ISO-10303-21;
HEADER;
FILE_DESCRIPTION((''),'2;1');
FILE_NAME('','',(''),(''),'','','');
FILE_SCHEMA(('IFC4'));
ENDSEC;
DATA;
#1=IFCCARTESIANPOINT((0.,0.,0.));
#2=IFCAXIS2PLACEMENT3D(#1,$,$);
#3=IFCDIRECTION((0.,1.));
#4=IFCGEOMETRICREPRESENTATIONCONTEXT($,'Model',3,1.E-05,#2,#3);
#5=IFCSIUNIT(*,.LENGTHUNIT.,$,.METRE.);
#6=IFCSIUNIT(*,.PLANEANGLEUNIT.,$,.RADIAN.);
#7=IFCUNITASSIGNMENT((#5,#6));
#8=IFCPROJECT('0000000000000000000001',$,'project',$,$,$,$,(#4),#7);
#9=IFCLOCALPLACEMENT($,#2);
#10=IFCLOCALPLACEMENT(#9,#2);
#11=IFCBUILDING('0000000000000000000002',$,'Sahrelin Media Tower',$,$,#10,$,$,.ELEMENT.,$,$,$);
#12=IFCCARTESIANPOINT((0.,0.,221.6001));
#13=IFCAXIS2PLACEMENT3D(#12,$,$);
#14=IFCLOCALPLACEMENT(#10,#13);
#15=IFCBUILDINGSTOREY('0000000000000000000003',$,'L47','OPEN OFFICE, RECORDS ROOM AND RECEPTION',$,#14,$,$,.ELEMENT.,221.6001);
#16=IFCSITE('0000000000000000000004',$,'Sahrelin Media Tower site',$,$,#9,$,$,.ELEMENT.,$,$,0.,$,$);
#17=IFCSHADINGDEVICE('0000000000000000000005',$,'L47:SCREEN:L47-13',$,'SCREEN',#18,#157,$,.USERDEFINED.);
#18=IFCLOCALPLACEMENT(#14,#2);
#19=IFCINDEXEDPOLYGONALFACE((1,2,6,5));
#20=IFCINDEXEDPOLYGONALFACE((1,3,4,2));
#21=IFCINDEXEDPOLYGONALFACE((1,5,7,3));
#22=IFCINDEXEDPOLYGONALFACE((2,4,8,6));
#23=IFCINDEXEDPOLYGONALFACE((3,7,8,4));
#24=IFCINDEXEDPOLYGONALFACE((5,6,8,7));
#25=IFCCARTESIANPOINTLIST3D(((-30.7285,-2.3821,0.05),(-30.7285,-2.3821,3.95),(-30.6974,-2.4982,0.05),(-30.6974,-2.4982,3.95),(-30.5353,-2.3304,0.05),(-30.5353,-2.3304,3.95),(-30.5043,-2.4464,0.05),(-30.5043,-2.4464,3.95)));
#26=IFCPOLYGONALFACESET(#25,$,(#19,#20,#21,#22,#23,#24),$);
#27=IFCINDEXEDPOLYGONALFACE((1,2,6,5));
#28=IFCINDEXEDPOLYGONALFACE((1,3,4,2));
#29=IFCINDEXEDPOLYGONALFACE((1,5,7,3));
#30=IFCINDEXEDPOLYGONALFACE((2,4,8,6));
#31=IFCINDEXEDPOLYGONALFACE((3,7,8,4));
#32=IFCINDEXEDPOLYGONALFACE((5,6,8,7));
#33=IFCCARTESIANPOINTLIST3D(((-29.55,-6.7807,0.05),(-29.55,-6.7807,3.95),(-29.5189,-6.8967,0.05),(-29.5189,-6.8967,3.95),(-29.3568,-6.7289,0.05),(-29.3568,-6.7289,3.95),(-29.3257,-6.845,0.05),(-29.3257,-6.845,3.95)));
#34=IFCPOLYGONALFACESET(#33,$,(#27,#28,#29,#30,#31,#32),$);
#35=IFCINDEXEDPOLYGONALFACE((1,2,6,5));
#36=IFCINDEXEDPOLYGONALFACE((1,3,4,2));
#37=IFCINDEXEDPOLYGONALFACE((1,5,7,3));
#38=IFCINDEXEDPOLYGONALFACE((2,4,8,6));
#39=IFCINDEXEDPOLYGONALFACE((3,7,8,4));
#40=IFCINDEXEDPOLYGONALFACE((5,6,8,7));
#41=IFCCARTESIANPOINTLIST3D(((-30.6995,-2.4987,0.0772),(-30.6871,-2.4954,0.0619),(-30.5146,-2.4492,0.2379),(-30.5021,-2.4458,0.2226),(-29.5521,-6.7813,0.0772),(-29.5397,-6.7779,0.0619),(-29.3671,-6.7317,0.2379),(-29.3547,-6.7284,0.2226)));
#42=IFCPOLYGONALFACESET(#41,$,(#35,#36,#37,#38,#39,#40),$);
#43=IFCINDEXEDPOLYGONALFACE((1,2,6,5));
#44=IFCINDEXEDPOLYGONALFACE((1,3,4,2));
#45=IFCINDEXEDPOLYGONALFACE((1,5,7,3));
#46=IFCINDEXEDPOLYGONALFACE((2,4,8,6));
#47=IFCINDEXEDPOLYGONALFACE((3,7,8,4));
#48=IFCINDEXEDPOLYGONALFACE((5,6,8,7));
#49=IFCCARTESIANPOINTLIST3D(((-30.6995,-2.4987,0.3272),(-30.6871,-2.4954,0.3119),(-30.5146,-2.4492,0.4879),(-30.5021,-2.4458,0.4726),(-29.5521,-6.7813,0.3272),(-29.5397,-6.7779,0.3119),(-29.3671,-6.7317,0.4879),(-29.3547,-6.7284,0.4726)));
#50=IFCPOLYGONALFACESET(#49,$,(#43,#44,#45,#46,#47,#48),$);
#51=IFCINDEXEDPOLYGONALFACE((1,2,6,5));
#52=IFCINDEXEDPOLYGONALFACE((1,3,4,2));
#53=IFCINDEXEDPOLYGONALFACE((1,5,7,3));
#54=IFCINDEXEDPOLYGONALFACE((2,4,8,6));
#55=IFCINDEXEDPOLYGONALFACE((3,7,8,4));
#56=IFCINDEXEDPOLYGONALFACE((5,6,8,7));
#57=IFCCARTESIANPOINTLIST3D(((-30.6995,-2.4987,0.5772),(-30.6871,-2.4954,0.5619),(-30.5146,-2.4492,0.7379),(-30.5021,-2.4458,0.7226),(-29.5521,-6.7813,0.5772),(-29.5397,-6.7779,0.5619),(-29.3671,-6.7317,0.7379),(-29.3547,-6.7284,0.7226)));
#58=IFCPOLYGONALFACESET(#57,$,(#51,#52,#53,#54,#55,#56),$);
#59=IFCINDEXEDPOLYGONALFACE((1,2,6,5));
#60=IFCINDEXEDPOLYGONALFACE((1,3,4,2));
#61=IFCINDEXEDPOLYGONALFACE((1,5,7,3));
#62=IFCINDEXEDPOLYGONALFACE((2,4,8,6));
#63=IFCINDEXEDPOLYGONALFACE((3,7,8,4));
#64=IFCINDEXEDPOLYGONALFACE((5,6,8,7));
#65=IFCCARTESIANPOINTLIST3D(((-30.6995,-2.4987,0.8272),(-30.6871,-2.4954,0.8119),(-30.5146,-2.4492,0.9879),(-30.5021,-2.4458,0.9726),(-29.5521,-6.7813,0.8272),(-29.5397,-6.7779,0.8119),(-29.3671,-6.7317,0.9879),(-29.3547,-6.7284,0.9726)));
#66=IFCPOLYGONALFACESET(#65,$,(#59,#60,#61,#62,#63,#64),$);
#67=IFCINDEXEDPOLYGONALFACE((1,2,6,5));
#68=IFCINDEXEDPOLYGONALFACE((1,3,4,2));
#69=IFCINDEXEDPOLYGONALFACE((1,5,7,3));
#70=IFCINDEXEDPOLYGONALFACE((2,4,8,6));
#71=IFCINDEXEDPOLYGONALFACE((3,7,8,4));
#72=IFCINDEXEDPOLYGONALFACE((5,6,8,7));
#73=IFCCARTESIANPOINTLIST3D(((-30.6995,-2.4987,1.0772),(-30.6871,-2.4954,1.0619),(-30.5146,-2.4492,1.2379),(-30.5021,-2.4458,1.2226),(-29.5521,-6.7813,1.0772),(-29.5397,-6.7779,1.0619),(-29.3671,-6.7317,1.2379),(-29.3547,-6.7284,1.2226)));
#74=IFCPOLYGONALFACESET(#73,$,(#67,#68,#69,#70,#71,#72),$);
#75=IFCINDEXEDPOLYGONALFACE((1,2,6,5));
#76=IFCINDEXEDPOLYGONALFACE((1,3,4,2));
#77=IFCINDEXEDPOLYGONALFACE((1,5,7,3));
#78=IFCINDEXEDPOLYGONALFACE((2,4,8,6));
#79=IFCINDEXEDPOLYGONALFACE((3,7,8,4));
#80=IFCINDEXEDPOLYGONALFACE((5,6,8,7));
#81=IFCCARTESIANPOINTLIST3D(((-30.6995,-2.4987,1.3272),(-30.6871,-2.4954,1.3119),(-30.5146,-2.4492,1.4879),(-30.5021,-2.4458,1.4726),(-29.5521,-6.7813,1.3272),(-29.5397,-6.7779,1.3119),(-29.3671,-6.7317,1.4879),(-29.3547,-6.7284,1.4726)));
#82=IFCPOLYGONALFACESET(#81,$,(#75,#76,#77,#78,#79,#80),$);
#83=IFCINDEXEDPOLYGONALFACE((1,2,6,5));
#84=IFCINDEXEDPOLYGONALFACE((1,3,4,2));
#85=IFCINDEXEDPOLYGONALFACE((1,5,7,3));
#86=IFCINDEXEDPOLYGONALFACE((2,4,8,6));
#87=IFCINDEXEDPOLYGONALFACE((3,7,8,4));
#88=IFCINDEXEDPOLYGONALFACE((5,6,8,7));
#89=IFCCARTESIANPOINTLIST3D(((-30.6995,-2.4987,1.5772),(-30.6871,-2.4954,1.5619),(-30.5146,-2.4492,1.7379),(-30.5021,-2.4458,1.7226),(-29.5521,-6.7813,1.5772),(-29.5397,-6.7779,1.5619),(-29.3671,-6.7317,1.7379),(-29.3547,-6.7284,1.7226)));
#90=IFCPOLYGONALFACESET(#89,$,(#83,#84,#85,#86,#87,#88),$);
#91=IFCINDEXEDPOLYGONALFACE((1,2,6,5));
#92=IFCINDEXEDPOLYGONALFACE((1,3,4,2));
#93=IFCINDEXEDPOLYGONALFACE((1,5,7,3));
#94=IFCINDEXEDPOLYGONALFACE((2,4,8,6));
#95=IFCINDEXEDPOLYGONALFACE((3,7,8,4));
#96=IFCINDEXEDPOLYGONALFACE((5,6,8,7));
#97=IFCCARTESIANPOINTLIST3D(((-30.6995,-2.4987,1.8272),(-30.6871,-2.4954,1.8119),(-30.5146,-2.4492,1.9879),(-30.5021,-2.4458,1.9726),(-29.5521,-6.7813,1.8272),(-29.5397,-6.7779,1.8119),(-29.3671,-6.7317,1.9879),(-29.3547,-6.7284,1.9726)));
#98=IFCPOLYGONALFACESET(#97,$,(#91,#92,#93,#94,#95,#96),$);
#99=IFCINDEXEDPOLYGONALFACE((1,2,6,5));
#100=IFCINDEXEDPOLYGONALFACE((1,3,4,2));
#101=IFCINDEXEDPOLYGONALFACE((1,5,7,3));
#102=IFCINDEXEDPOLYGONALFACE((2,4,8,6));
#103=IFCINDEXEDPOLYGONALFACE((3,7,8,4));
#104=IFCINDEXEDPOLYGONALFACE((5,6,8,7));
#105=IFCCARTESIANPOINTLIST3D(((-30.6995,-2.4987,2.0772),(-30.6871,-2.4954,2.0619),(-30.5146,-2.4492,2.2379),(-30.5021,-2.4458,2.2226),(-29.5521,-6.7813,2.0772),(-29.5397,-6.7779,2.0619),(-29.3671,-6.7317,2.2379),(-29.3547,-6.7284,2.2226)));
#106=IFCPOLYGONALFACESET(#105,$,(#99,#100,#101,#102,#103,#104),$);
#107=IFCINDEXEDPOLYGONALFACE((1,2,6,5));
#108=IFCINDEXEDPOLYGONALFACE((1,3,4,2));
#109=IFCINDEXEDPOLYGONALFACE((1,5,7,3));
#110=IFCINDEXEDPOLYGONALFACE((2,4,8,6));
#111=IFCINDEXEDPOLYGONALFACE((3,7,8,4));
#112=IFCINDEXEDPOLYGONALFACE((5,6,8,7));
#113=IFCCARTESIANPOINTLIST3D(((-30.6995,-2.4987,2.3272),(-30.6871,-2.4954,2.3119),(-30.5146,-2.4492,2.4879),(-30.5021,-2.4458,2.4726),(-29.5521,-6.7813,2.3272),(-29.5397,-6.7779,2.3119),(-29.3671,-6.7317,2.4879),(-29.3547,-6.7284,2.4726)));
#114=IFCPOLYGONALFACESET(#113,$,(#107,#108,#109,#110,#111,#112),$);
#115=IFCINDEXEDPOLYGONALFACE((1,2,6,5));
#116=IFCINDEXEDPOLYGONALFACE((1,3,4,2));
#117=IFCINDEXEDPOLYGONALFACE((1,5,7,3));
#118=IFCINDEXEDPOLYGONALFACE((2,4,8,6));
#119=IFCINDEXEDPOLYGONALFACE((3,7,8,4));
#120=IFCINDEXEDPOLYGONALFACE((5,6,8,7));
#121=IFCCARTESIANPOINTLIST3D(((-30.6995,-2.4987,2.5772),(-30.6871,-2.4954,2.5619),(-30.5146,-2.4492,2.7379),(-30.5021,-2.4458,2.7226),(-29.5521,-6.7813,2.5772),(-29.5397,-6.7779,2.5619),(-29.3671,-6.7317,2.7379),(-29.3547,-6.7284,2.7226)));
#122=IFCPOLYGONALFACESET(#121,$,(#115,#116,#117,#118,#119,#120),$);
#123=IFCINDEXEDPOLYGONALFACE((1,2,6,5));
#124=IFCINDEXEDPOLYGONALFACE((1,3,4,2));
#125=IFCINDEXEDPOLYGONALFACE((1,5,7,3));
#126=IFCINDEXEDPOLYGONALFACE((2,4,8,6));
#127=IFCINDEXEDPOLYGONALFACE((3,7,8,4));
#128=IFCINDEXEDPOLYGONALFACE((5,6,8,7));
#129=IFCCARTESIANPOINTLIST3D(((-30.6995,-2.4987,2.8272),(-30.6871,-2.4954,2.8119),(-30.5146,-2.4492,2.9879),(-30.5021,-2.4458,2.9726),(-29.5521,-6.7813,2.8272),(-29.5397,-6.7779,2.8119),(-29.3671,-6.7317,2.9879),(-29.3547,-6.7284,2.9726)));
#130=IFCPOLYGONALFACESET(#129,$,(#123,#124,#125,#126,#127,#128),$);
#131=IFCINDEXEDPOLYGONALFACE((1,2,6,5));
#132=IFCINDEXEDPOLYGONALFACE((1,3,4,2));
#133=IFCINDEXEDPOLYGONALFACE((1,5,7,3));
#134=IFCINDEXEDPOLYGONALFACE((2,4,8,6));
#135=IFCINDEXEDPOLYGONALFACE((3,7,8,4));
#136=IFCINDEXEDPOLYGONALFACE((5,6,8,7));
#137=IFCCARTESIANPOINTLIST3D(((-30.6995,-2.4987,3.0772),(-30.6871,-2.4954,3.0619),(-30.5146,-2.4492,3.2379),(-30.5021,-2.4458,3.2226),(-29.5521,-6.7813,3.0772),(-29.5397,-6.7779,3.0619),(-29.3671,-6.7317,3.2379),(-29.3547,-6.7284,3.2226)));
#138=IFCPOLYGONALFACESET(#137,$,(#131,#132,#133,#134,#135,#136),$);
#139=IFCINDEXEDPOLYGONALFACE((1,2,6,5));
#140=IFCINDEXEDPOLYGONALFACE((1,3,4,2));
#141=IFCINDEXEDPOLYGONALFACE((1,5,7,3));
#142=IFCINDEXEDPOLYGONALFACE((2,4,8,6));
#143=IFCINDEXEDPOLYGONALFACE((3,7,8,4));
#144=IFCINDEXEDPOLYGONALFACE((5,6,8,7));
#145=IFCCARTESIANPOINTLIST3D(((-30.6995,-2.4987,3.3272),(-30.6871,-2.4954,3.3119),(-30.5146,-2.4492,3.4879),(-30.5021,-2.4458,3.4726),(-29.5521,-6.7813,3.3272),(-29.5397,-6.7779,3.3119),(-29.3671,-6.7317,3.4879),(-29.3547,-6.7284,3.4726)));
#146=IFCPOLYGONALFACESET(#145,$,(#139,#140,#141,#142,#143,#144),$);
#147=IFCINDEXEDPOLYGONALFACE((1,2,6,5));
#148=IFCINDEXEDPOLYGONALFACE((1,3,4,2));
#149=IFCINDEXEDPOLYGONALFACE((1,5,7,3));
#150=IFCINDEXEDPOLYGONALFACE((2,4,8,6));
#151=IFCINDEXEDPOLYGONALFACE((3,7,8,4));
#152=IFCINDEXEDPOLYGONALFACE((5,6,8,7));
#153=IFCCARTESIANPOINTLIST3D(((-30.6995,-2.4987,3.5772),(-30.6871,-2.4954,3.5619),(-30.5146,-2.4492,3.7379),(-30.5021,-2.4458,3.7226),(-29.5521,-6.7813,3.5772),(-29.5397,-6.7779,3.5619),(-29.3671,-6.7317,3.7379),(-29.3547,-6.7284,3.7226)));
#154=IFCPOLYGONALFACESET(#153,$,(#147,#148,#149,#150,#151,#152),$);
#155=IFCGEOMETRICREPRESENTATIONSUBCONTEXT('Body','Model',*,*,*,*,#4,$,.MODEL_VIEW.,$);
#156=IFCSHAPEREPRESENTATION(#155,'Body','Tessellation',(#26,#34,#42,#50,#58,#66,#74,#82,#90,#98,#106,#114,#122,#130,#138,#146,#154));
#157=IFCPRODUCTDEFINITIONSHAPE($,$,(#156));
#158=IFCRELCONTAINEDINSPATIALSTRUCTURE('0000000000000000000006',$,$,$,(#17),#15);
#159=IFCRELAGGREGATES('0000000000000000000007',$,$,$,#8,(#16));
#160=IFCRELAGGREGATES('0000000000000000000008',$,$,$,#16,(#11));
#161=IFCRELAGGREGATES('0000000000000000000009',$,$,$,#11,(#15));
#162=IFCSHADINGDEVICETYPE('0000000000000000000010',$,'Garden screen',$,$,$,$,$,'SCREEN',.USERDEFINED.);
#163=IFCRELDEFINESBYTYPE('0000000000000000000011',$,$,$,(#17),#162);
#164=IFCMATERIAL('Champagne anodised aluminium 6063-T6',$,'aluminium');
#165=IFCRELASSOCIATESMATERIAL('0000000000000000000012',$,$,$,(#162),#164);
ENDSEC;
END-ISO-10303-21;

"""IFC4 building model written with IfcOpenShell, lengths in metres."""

from ifc_helpers import new_model, si_unit, direction, frame, origin, origin_2d, place, context, subcontext, project, spatial, rectangle, extrude, material, type_object, element, save


model = new_model("IFC4")

# Units and contexts
model_context = context("Model", 3, precision=1e-05, world=origin(), true_north=direction((0.0, 1.0)))
body_context = subcontext(model_context, "Body", "Model", "MODEL_VIEW")
ifc_project = project(units=[si_unit("LENGTHUNIT", "METRE"), si_unit("PLANEANGLEUNIT", "RADIAN")], contexts=[model_context])

# Site, building, storey
site_placement = place(None, origin())
site = spatial("IfcSite", under=ifc_project, at=site_placement, Name="Sahrelin Media Tower site", CompositionType="ELEMENT", RefElevation=0.0)
building_placement = place(site_placement, origin())
building = spatial("IfcBuilding", under=site, at=building_placement, Name="Sahrelin Media Tower", CompositionType="ELEMENT")
storey_placement = place(building_placement, frame((0.0, 0.0, 221.6001)))
storey = spatial("IfcBuildingStorey", under=building, at=storey_placement, Name="L47", Description="OPEN OFFICE, RECORDS ROOM AND RECEPTION", CompositionType="ELEMENT", Elevation=221.6001)

# Shading device
ifc_material_1 = material(Name="Champagne anodised aluminium 6063-T6", Category="aluminium")
shading_device_type = type_object("IfcShadingDeviceType", Name="Garden screen", ElementType="SCREEN", PredefinedType="USERDEFINED", material=ifc_material_1)
shading_device_1_placement = place(storey_placement, frame((-29.9304, -4.5876, 0.0), z_axis=(0.0, 0.0, 1.0), x_axis=(-0.258808, 0.965929, 0.0)))
element("IfcShadingDevice", 1, at=shading_device_1_placement, inside=storey, type_object=shading_device_type, Name="L47:SCREEN:L47-13", ObjectType="SCREEN", PredefinedType="USERDEFINED", context=body_context, shape_type="SweptSolid", body=[
    extrude(rectangle(XDim=0.1201, YDim=0.2, at=origin_2d()), frame((2.2769, 0.1001, 0.05), z_axis=(0.0, 0.0, 1.0), x_axis=(1.0, 0.0, 0.0)), (0.0, 0.0, 1.0), 3.8999),
    extrude(rectangle(XDim=0.1201, YDim=0.2, at=origin_2d()), frame((-2.2769, 0.1001, 0.05), z_axis=(0.0, 0.0, 1.0), x_axis=(1.0, 0.0, 0.0)), (0.0, 0.0, 1.0), 3.8999),
    extrude(rectangle(XDim=0.25, YDim=0.02, at=origin_2d()), frame((2.2168, 0.1001, 0.1499), z_axis=(-1.0, 0.0, 0.0), x_axis=(0.0, -0.766044, 0.642788)), (0.0, 0.0, 1.0), 4.4336),
    extrude(rectangle(XDim=0.25, YDim=0.02, at=origin_2d()), frame((2.2168, 0.1001, 0.3999), z_axis=(-1.0, 0.0, 0.0), x_axis=(0.0, -0.766044, 0.642788)), (0.0, 0.0, 1.0), 4.4336),
    extrude(rectangle(XDim=0.25, YDim=0.02, at=origin_2d()), frame((2.2168, 0.1001, 0.6499), z_axis=(-1.0, 0.0, 0.0), x_axis=(0.0, -0.766044, 0.642788)), (0.0, 0.0, 1.0), 4.4336),
    extrude(rectangle(XDim=0.25, YDim=0.02, at=origin_2d()), frame((2.2168, 0.1001, 0.8999), z_axis=(-1.0, 0.0, 0.0), x_axis=(0.0, -0.766044, 0.642788)), (0.0, 0.0, 1.0), 4.4336),
    extrude(rectangle(XDim=0.25, YDim=0.02, at=origin_2d()), frame((2.2168, 0.1001, 1.1499), z_axis=(-1.0, 0.0, 0.0), x_axis=(0.0, -0.766044, 0.642788)), (0.0, 0.0, 1.0), 4.4336),
    extrude(rectangle(XDim=0.25, YDim=0.02, at=origin_2d()), frame((2.2168, 0.1001, 1.3999), z_axis=(-1.0, 0.0, 0.0), x_axis=(0.0, -0.766044, 0.642788)), (0.0, 0.0, 1.0), 4.4336),
    extrude(rectangle(XDim=0.25, YDim=0.02, at=origin_2d()), frame((2.2168, 0.1001, 1.6499), z_axis=(-1.0, 0.0, 0.0), x_axis=(0.0, -0.766044, 0.642788)), (0.0, 0.0, 1.0), 4.4336),
    extrude(rectangle(XDim=0.25, YDim=0.02, at=origin_2d()), frame((2.2168, 0.1001, 1.8999), z_axis=(-1.0, 0.0, 0.0), x_axis=(0.0, -0.766044, 0.642788)), (0.0, 0.0, 1.0), 4.4336),
    extrude(rectangle(XDim=0.25, YDim=0.02, at=origin_2d()), frame((2.2168, 0.1001, 2.1499), z_axis=(-1.0, 0.0, 0.0), x_axis=(0.0, -0.766044, 0.642788)), (0.0, 0.0, 1.0), 4.4336),
    extrude(rectangle(XDim=0.25, YDim=0.02, at=origin_2d()), frame((2.2168, 0.1001, 2.3999), z_axis=(-1.0, 0.0, 0.0), x_axis=(0.0, -0.766044, 0.642788)), (0.0, 0.0, 1.0), 4.4336),
    extrude(rectangle(XDim=0.25, YDim=0.02, at=origin_2d()), frame((2.2168, 0.1001, 2.6499), z_axis=(-1.0, 0.0, 0.0), x_axis=(0.0, -0.766044, 0.642788)), (0.0, 0.0, 1.0), 4.4336),
    extrude(rectangle(XDim=0.25, YDim=0.02, at=origin_2d()), frame((2.2168, 0.1001, 2.8999), z_axis=(-1.0, 0.0, 0.0), x_axis=(0.0, -0.766044, 0.642788)), (0.0, 0.0, 1.0), 4.4336),
    extrude(rectangle(XDim=0.25, YDim=0.02, at=origin_2d()), frame((2.2168, 0.1001, 3.1499), z_axis=(-1.0, 0.0, 0.0), x_axis=(0.0, -0.766044, 0.642788)), (0.0, 0.0, 1.0), 4.4336),
    extrude(rectangle(XDim=0.25, YDim=0.02, at=origin_2d()), frame((2.2168, 0.1001, 3.3999), z_axis=(-1.0, 0.0, 0.0), x_axis=(0.0, -0.766044, 0.642788)), (0.0, 0.0, 1.0), 4.4336),
    extrude(rectangle(XDim=0.25, YDim=0.02, at=origin_2d()), frame((2.2168, 0.1001, 3.6499), z_axis=(-1.0, 0.0, 0.0), x_axis=(0.0, -0.766044, 0.642788)), (0.0, 0.0, 1.0), 4.4336),
])

save(model, "model.ifc")
